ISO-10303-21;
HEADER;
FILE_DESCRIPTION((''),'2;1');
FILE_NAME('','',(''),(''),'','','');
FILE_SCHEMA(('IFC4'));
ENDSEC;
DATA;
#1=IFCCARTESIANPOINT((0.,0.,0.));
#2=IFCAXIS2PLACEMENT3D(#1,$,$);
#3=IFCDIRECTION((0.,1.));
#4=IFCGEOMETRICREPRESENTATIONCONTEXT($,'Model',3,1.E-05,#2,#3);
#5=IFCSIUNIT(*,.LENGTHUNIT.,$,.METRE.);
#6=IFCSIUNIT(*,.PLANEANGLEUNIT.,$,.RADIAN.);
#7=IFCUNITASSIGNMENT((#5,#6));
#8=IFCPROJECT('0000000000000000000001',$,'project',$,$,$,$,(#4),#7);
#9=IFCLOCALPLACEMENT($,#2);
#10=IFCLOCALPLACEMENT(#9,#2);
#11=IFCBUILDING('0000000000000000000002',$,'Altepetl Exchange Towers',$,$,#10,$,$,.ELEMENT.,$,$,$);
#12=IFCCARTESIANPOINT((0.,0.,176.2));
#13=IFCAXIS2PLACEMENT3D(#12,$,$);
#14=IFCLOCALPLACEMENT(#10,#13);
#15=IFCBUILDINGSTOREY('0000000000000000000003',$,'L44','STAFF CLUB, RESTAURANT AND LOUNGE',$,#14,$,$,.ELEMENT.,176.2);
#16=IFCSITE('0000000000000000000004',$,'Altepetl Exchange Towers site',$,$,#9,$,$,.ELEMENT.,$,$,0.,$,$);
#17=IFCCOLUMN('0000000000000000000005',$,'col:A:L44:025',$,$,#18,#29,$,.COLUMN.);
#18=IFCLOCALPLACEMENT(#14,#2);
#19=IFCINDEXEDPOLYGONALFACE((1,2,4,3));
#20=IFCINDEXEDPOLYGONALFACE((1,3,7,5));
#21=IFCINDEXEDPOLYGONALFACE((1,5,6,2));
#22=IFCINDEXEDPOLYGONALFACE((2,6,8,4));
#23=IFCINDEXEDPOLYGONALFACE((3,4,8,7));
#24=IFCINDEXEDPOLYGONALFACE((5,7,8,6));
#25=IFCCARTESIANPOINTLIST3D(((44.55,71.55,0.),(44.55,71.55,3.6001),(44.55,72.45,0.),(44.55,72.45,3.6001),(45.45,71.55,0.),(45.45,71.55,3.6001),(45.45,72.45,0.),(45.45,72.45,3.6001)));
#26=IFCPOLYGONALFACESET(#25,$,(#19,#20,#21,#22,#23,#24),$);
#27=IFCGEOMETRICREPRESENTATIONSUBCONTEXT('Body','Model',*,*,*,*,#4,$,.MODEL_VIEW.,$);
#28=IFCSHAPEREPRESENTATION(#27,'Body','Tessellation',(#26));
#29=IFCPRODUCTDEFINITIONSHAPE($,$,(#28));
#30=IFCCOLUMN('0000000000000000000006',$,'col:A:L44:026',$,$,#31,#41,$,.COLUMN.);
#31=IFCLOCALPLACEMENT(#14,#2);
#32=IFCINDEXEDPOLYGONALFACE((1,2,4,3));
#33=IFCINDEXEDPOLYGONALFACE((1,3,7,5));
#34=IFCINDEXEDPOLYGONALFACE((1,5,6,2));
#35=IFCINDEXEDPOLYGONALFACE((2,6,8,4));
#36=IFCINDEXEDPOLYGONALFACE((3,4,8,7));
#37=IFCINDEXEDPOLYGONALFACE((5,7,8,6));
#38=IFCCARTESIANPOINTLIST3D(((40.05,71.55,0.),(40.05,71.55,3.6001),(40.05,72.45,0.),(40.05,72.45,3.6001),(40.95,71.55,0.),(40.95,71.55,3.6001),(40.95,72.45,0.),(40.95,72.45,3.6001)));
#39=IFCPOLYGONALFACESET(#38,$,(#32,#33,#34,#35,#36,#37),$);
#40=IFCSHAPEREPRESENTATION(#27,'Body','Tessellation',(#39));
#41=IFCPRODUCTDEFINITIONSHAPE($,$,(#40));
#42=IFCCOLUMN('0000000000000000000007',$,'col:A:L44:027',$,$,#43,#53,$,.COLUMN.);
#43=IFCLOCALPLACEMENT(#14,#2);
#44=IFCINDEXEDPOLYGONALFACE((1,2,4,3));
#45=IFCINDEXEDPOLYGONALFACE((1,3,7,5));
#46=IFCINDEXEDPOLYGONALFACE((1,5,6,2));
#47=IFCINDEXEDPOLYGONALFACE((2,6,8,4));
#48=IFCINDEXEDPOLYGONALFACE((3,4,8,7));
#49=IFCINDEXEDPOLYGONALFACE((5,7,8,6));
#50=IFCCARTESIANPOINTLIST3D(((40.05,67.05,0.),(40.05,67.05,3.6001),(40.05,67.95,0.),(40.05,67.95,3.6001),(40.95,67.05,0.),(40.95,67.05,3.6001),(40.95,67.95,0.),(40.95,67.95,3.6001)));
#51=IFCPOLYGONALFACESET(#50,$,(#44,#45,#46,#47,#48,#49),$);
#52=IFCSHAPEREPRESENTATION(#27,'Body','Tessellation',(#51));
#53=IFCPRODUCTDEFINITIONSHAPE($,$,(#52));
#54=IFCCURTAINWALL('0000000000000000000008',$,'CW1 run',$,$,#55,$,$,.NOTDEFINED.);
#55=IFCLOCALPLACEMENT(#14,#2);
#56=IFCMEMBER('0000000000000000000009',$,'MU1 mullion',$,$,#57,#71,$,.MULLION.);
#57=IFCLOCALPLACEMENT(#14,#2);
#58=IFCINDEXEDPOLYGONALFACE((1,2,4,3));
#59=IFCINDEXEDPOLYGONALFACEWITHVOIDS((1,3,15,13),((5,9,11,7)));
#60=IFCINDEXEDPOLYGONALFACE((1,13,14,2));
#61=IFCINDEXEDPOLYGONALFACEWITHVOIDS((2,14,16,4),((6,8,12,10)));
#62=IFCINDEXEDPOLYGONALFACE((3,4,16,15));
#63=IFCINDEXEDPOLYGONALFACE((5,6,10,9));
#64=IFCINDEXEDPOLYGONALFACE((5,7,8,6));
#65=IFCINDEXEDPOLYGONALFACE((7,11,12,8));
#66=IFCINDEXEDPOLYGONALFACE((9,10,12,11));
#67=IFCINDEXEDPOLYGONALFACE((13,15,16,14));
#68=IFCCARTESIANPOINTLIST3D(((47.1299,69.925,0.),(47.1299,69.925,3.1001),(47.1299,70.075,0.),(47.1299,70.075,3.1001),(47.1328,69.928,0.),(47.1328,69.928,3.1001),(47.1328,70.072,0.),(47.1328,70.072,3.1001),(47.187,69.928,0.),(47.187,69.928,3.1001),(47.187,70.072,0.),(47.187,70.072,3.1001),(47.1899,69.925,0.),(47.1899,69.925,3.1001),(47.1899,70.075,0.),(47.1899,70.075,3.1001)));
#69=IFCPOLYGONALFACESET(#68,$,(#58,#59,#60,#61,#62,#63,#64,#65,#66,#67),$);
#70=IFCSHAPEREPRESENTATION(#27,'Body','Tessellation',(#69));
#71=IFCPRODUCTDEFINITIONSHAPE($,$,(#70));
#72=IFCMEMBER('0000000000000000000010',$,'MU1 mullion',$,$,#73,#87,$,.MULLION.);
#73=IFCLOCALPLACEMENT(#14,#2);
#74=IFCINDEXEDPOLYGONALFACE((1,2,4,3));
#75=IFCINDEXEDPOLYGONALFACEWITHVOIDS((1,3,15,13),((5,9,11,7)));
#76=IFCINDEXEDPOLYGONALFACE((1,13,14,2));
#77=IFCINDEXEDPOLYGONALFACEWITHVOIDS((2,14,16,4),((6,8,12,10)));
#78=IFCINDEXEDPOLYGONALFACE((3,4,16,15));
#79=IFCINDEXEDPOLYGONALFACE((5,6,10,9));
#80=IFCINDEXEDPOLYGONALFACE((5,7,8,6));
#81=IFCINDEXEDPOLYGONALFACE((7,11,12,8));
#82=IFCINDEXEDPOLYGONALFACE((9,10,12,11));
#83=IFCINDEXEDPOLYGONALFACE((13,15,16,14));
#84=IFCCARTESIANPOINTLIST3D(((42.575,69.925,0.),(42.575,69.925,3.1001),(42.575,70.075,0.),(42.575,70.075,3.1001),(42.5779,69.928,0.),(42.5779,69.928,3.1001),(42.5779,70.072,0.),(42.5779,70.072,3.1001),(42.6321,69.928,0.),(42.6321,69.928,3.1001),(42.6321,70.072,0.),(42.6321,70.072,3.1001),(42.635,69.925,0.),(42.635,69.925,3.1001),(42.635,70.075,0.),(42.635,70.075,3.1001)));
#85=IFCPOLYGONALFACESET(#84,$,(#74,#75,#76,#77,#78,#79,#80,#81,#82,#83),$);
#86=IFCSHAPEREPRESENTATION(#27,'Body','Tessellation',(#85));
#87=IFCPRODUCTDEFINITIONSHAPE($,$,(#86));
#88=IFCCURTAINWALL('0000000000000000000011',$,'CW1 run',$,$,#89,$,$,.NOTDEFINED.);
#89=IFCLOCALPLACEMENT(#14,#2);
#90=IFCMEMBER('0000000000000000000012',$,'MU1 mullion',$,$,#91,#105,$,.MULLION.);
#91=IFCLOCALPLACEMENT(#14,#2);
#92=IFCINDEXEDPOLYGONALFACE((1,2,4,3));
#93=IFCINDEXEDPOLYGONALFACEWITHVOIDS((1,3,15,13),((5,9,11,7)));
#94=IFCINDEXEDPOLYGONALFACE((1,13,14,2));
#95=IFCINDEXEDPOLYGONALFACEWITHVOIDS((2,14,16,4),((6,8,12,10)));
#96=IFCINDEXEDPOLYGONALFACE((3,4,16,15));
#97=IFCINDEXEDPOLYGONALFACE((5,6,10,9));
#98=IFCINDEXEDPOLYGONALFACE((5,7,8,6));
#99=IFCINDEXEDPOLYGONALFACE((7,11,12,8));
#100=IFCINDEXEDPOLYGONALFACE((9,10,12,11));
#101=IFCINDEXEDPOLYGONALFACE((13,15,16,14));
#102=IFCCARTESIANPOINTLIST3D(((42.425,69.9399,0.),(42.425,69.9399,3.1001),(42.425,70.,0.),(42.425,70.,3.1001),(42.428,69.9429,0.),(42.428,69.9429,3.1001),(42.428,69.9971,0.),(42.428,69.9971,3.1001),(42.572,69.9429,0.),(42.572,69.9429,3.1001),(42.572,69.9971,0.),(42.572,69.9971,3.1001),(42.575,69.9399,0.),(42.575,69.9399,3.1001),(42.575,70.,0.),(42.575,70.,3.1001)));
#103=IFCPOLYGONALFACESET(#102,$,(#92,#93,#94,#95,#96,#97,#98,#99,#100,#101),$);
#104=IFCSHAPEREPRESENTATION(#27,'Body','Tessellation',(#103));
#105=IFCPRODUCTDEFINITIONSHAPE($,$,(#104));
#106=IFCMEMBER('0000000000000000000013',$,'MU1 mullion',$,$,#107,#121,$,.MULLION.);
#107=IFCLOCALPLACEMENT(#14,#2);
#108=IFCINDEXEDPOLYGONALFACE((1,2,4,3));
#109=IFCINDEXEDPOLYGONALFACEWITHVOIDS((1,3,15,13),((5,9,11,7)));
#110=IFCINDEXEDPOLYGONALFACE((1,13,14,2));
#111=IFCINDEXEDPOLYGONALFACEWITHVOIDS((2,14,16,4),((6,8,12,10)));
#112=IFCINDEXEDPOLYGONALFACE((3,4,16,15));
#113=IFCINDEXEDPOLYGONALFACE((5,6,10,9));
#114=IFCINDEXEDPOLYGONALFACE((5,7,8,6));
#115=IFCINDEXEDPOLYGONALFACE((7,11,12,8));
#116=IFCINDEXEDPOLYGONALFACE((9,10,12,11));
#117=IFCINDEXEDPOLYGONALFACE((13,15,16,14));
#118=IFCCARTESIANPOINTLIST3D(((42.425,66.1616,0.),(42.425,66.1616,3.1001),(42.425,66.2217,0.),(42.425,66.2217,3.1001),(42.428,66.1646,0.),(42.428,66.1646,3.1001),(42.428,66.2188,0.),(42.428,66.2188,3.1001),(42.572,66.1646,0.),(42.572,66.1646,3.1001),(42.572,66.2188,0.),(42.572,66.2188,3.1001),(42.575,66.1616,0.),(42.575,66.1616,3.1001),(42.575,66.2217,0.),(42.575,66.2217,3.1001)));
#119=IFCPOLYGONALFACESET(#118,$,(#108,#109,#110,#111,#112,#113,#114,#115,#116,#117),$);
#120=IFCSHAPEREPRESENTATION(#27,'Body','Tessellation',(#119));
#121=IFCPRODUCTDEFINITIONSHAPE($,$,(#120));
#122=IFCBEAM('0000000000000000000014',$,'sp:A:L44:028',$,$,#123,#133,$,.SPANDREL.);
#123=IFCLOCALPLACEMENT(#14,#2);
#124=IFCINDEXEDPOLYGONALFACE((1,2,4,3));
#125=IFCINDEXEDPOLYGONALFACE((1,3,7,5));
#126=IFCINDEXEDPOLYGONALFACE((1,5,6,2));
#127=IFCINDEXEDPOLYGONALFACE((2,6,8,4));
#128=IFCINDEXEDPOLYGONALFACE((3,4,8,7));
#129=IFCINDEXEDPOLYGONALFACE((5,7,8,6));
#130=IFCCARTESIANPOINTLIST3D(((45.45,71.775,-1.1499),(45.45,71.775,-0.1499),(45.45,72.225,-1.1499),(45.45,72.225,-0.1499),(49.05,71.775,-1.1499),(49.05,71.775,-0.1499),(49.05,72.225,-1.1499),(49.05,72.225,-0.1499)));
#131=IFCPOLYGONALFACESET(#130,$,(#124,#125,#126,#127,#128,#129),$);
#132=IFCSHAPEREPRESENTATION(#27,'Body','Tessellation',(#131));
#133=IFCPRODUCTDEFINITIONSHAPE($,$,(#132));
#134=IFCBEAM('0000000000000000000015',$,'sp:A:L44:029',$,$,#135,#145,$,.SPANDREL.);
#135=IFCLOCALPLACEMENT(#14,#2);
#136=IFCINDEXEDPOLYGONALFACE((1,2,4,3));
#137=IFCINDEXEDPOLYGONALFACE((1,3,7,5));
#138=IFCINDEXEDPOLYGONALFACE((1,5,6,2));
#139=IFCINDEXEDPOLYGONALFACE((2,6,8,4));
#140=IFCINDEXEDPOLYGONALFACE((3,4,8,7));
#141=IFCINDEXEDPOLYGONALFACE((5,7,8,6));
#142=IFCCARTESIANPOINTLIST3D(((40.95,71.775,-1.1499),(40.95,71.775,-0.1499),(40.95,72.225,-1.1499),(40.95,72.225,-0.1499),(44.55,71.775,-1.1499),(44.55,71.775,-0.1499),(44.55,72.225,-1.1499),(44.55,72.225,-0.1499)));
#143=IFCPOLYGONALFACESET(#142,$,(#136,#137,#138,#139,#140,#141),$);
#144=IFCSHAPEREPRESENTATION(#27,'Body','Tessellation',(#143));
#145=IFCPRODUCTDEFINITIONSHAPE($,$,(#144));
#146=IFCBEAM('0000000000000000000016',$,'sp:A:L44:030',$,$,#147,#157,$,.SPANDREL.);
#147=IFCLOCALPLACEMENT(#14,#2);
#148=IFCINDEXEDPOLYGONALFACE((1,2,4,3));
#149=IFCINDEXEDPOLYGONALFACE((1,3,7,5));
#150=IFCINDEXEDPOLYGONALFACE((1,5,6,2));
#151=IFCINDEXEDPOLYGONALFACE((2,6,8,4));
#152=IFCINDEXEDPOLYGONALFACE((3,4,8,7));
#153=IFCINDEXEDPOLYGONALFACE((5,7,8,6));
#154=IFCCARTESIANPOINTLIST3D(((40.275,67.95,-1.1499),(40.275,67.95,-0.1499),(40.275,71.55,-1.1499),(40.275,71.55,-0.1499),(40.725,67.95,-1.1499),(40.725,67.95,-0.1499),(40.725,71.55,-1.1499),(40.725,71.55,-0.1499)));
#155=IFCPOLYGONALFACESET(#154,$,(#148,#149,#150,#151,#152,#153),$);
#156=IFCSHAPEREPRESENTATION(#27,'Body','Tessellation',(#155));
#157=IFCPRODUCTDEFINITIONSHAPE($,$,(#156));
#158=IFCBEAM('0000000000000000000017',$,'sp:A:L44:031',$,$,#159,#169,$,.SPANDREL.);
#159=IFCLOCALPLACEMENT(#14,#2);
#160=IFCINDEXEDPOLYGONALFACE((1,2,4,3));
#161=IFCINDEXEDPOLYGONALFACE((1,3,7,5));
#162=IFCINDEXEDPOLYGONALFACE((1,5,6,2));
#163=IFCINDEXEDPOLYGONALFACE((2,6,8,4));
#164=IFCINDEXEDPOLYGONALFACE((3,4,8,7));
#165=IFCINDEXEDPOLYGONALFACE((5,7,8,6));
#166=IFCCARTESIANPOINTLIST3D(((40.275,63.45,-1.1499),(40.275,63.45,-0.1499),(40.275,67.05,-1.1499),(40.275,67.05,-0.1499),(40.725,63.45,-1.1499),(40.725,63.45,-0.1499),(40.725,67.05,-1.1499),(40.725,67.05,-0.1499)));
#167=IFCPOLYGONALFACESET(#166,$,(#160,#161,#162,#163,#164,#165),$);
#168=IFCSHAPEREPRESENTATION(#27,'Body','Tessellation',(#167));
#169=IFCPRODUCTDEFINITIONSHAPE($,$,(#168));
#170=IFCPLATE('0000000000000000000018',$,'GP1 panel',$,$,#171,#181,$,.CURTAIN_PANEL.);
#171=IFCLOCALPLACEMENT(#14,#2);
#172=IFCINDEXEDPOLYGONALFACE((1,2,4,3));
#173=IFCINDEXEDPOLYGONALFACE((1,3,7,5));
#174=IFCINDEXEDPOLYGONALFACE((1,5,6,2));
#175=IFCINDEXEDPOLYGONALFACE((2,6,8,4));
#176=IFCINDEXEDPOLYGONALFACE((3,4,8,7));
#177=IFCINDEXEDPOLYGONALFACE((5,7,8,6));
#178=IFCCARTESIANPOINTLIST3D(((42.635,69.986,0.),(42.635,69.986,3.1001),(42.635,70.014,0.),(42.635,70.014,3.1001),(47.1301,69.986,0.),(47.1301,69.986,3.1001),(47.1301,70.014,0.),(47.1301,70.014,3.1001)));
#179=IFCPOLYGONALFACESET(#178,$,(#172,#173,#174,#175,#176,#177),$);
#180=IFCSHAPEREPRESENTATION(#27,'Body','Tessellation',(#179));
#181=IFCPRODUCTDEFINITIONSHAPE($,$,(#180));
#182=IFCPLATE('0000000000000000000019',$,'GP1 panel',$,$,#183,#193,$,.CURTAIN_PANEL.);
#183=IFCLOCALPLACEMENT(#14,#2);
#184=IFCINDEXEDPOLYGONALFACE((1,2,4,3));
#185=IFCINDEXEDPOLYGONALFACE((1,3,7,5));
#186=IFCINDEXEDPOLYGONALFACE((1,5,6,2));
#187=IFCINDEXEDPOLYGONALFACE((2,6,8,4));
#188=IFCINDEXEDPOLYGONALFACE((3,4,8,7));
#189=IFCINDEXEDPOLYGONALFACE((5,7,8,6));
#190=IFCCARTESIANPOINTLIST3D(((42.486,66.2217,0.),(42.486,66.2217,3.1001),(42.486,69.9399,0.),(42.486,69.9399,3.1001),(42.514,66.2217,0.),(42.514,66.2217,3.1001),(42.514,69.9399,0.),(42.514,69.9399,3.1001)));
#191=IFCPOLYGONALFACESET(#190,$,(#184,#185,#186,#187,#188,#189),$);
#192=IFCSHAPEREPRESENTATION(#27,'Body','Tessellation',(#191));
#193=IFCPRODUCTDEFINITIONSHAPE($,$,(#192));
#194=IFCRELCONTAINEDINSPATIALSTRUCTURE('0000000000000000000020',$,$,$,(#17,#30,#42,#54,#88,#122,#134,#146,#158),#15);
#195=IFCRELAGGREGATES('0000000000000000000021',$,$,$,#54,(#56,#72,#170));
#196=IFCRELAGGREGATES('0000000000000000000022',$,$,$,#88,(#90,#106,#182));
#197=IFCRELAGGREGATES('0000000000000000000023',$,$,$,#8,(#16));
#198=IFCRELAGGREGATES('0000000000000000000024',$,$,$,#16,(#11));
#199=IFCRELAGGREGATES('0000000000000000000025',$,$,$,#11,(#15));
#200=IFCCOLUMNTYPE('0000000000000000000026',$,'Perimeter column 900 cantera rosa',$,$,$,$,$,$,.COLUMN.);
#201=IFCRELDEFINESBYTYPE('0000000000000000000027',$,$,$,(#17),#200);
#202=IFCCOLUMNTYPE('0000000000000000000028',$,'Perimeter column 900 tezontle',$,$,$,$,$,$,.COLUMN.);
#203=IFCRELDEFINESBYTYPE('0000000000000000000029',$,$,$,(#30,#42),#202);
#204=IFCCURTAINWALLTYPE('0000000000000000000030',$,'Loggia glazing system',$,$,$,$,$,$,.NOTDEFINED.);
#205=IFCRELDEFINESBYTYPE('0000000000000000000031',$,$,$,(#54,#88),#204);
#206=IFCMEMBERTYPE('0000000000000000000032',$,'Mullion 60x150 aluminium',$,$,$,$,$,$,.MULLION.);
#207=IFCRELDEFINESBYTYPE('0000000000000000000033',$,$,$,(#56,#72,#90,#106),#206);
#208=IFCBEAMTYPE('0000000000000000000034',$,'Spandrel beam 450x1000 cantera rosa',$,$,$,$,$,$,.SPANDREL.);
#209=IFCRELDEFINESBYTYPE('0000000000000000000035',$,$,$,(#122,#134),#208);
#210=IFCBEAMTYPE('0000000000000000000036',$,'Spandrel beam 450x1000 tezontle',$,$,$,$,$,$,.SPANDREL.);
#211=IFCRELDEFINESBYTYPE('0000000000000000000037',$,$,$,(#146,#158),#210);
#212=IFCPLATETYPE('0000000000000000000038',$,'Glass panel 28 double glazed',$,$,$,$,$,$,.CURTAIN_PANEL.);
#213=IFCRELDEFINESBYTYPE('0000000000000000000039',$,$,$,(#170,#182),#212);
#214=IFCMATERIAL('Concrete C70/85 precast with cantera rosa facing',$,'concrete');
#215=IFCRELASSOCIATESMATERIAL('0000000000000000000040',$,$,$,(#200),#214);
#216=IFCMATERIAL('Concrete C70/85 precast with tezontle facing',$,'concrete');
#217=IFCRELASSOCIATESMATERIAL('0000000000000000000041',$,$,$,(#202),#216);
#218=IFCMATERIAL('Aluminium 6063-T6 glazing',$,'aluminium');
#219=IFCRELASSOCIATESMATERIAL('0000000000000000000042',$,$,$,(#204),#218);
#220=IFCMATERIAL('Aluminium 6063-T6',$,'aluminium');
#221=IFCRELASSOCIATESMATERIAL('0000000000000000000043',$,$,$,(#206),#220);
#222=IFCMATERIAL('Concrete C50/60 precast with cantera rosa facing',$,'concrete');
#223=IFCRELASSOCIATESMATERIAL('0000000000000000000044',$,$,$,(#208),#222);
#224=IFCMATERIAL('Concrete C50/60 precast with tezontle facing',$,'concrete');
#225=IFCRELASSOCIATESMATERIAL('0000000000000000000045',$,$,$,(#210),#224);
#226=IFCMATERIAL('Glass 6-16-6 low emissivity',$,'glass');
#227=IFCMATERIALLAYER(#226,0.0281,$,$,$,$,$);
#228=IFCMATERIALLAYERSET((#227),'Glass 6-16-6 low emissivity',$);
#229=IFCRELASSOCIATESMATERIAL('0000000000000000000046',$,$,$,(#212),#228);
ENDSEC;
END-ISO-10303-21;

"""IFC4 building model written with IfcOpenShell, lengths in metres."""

from ifc_helpers import new_model, si_unit, direction, frame, origin, origin_2d, place, context, subcontext, project, spatial, rectangle, hollow_rectangle, extrude, material, layer, layer_set, material_profile, profile_set, type_object, element, aggregate, save


model = new_model("IFC4")

# Units and contexts
model_context = context("Model", 3, precision=1e-05, world=origin(), true_north=direction((0.0, 1.0)))
body_context = subcontext(model_context, "Body", "Model", "MODEL_VIEW")
ifc_project = project(units=[si_unit("LENGTHUNIT", "METRE"), si_unit("PLANEANGLEUNIT", "RADIAN")], contexts=[model_context])

# Site, building, storey
site_placement = place(None, origin())
site = spatial("IfcSite", under=ifc_project, at=site_placement, Name="Altepetl Exchange Towers site", CompositionType="ELEMENT", RefElevation=0.0)
building_placement = place(site_placement, origin())
building = spatial("IfcBuilding", under=site, at=building_placement, Name="Altepetl Exchange Towers", CompositionType="ELEMENT")
storey_placement = place(building_placement, frame((0.0, 0.0, 176.2)))
storey = spatial("IfcBuildingStorey", under=building, at=storey_placement, Name="L44", Description="STAFF CLUB, RESTAURANT AND LOUNGE", CompositionType="ELEMENT", Elevation=176.2)

# Columns
ifc_material_1 = material(Name="Concrete C70/85 precast with cantera rosa facing", Category="concrete")
ifc_material_profile_1 = material_profile(ifc_material_1, rectangle(XDim=0.8999, YDim=0.8999, at=origin_2d()), Name="900 x 900")
ifc_profile_set_1 = profile_set([ifc_material_profile_1], Name="Concrete C70/85 precast with cantera rosa facing")
column_type_1 = type_object("IfcColumnType", Name="Perimeter column 900 cantera rosa", PredefinedType="COLUMN", material=ifc_profile_set_1)
column_placement = place(storey_placement, frame((45.0, 72.0, 0.0)))
element("IfcColumn", 1, at=column_placement, inside=storey, type_object=column_type_1, Name="col:A:L44:025", PredefinedType="COLUMN", context=body_context, shape_type="SweptSolid", body=[
    extrude(rectangle(XDim=0.8999, YDim=0.8999, at=origin_2d()), origin(), (0.0, 0.0, 1.0), 3.6001),
])
ifc_material_2 = material(Name="Concrete C70/85 precast with tezontle facing", Category="concrete")
ifc_material_profile_2 = material_profile(ifc_material_2, rectangle(XDim=0.8999, YDim=0.8999, at=origin_2d()), Name="900 x 900")
ifc_profile_set_2 = profile_set([ifc_material_profile_2], Name="Concrete C70/85 precast with tezontle facing")
column_type_2 = type_object("IfcColumnType", Name="Perimeter column 900 tezontle", PredefinedType="COLUMN", material=ifc_profile_set_2)
for number, where, name in (
    (2, (40.5, 72.0, 0.0), "col:A:L44:026"),
    (3, (40.5, 67.5, 0.0), "col:A:L44:027"),
):
    element("IfcColumn", number, at=place(storey_placement, frame(where)), inside=storey, type_object=column_type_2, Name=name, PredefinedType="COLUMN", context=body_context, shape_type="SweptSolid", body=[
        extrude(rectangle(XDim=0.8999, YDim=0.8999, at=origin_2d()), origin(), (0.0, 0.0, 1.0), 3.6001),
    ])

# Curtain walls, members
ifc_material_3 = material(Name="Aluminium 6063-T6 glazing", Category="aluminium")
curtain_wall_type = type_object("IfcCurtainWallType", Name="Loggia glazing system", PredefinedType="NOTDEFINED", material=ifc_material_3)
curtain_wall_1_placement = place(storey_placement, origin())
curtain_wall_1 = element("IfcCurtainWall", 4, at=curtain_wall_1_placement, inside=storey, type_object=curtain_wall_type, Name="CW1 run", PredefinedType="NOTDEFINED")
ifc_material_4 = material(Name="Aluminium 6063-T6", Category="aluminium")
ifc_material_profile_3 = material_profile(ifc_material_4, hollow_rectangle(XDim=0.0601, YDim=0.1499, WallThickness=0.0029, at=origin_2d()), Name="Mullion 60x150 aluminium")
ifc_profile_set_3 = profile_set([ifc_material_profile_3], Name="Aluminium 6063-T6")
member_type = type_object("IfcMemberType", Name="Mullion 60x150 aluminium", PredefinedType="MULLION", material=ifc_profile_set_3)
member_1_placement = place(storey_placement, frame((47.1599, 70.0, 0.0), z_axis=(0.0, 0.0, 1.0), x_axis=(-1.0, 0.0, 0.0)))
member_1 = element("IfcMember", 5, at=member_1_placement, type_object=member_type, Name="MU1 mullion", PredefinedType="MULLION", context=body_context, shape_type="SweptSolid", body=[
    extrude(hollow_rectangle(XDim=0.0601, YDim=0.1499, WallThickness=0.0029, at=origin_2d()), origin(), (0.0, 0.0, 1.0), 3.1001),
])
member_2_placement = place(storey_placement, frame((42.605, 70.0, 0.0), z_axis=(0.0, 0.0, 1.0), x_axis=(-1.0, 0.0, 0.0)))
member_2 = element("IfcMember", 6, at=member_2_placement, type_object=member_type, Name="MU1 mullion", PredefinedType="MULLION", context=body_context, shape_type="SweptSolid", body=[
    extrude(hollow_rectangle(XDim=0.0601, YDim=0.1499, WallThickness=0.0029, at=origin_2d()), origin(), (0.0, 0.0, 1.0), 3.1001),
])
curtain_wall_2_placement = place(storey_placement, origin())
curtain_wall_2 = element("IfcCurtainWall", 7, at=curtain_wall_2_placement, inside=storey, type_object=curtain_wall_type, Name="CW1 run", PredefinedType="NOTDEFINED")
member_3_placement = place(storey_placement, frame((42.5, 69.97, 0.0), z_axis=(0.0, 0.0, 1.0), x_axis=(0.0, -1.0, 0.0)))
member_3 = element("IfcMember", 8, at=member_3_placement, type_object=member_type, Name="MU1 mullion", PredefinedType="MULLION", context=body_context, shape_type="SweptSolid", body=[
    extrude(hollow_rectangle(XDim=0.0601, YDim=0.1499, WallThickness=0.0029, at=origin_2d()), origin(), (0.0, 0.0, 1.0), 3.1001),
])
member_4_placement = place(storey_placement, frame((42.5, 66.1917, 0.0), z_axis=(0.0, 0.0, 1.0), x_axis=(0.0, -1.0, 0.0)))
member_4 = element("IfcMember", 9, at=member_4_placement, type_object=member_type, Name="MU1 mullion", PredefinedType="MULLION", context=body_context, shape_type="SweptSolid", body=[
    extrude(hollow_rectangle(XDim=0.0601, YDim=0.1499, WallThickness=0.0029, at=origin_2d()), origin(), (0.0, 0.0, 1.0), 3.1001),
])

# Beams
ifc_material_5 = material(Name="Concrete C50/60 precast with cantera rosa facing", Category="concrete")
ifc_material_profile_4 = material_profile(ifc_material_5, rectangle(XDim=0.45, YDim=1.0, at=origin_2d()), Name="450 x 1000")
ifc_profile_set_4 = profile_set([ifc_material_profile_4], Name="Concrete C50/60 precast with cantera rosa facing")
beam_type_1 = type_object("IfcBeamType", Name="Spandrel beam 450x1000 cantera rosa", PredefinedType="SPANDREL", material=ifc_profile_set_4)
for number, where, z_axis, x_axis, name in (
    (10, (49.05, 72.0, -0.6499), (-1.0, 0.0, 0.0), (0.0, -1.0, 0.0), "sp:A:L44:028"),
    (11, (44.55, 72.0, -0.6499), (-1.0, 0.0, 0.0), (0.0, -1.0, 0.0), "sp:A:L44:029"),
):
    element("IfcBeam", number, at=place(storey_placement, frame(where, z_axis=z_axis, x_axis=x_axis)), inside=storey, type_object=beam_type_1, Name=name, PredefinedType="SPANDREL", context=body_context, shape_type="SweptSolid", body=[
        extrude(rectangle(XDim=0.45, YDim=1.0, at=origin_2d()), origin(), (0.0, 0.0, 1.0), 3.6001),
    ])
ifc_material_6 = material(Name="Concrete C50/60 precast with tezontle facing", Category="concrete")
ifc_material_profile_5 = material_profile(ifc_material_6, rectangle(XDim=0.45, YDim=1.0, at=origin_2d()), Name="450 x 1000")
ifc_profile_set_5 = profile_set([ifc_material_profile_5], Name="Concrete C50/60 precast with tezontle facing")
beam_type_2 = type_object("IfcBeamType", Name="Spandrel beam 450x1000 tezontle", PredefinedType="SPANDREL", material=ifc_profile_set_5)
for number, where, z_axis, x_axis, name in (
    (12, (40.5, 71.55, -0.6499), (0.0, -1.0, 0.0), (1.0, 0.0, 0.0), "sp:A:L44:030"),
    (13, (40.5, 67.05, -0.6499), (0.0, -1.0, 0.0), (1.0, 0.0, 0.0), "sp:A:L44:031"),
):
    element("IfcBeam", number, at=place(storey_placement, frame(where, z_axis=z_axis, x_axis=x_axis)), inside=storey, type_object=beam_type_2, Name=name, PredefinedType="SPANDREL", context=body_context, shape_type="SweptSolid", body=[
        extrude(rectangle(XDim=0.45, YDim=1.0, at=origin_2d()), origin(), (0.0, 0.0, 1.0), 3.6001),
    ])

# Plates
ifc_material_7 = material(Name="Glass 6-16-6 low emissivity", Category="glass")
ifc_layer = layer(ifc_material_7, 0.0281)
ifc_layer_set = layer_set([ifc_layer], Name="Glass 6-16-6 low emissivity")
plate_type = type_object("IfcPlateType", Name="Glass panel 28 double glazed", PredefinedType="CURTAIN_PANEL", material=ifc_layer_set)
plate_1_placement = place(storey_placement, frame((44.8826, 70.0, 0.0), z_axis=(0.0, 0.0, 1.0), x_axis=(-1.0, 0.0, 0.0)))
plate_1 = element("IfcPlate", 14, at=plate_1_placement, type_object=plate_type, Name="GP1 panel", PredefinedType="CURTAIN_PANEL", context=body_context, shape_type="SweptSolid", body=[
    extrude(rectangle(XDim=4.4951, YDim=0.0281, at=origin_2d()), origin(), (0.0, 0.0, 1.0), 3.1001),
])
aggregate(curtain_wall_1, [member_1, member_2, plate_1])
plate_2_placement = place(storey_placement, frame((42.5, 68.0808, 0.0), z_axis=(0.0, 0.0, 1.0), x_axis=(0.0, -1.0, 0.0)))
plate_2 = element("IfcPlate", 15, at=plate_2_placement, type_object=plate_type, Name="GP1 panel", PredefinedType="CURTAIN_PANEL", context=body_context, shape_type="SweptSolid", body=[
    extrude(rectangle(XDim=3.7183, YDim=0.0281, at=origin_2d()), origin(), (0.0, 0.0, 1.0), 3.1001),
])
aggregate(curtain_wall_2, [member_3, member_4, plate_2])

save(model, "model.ifc")
